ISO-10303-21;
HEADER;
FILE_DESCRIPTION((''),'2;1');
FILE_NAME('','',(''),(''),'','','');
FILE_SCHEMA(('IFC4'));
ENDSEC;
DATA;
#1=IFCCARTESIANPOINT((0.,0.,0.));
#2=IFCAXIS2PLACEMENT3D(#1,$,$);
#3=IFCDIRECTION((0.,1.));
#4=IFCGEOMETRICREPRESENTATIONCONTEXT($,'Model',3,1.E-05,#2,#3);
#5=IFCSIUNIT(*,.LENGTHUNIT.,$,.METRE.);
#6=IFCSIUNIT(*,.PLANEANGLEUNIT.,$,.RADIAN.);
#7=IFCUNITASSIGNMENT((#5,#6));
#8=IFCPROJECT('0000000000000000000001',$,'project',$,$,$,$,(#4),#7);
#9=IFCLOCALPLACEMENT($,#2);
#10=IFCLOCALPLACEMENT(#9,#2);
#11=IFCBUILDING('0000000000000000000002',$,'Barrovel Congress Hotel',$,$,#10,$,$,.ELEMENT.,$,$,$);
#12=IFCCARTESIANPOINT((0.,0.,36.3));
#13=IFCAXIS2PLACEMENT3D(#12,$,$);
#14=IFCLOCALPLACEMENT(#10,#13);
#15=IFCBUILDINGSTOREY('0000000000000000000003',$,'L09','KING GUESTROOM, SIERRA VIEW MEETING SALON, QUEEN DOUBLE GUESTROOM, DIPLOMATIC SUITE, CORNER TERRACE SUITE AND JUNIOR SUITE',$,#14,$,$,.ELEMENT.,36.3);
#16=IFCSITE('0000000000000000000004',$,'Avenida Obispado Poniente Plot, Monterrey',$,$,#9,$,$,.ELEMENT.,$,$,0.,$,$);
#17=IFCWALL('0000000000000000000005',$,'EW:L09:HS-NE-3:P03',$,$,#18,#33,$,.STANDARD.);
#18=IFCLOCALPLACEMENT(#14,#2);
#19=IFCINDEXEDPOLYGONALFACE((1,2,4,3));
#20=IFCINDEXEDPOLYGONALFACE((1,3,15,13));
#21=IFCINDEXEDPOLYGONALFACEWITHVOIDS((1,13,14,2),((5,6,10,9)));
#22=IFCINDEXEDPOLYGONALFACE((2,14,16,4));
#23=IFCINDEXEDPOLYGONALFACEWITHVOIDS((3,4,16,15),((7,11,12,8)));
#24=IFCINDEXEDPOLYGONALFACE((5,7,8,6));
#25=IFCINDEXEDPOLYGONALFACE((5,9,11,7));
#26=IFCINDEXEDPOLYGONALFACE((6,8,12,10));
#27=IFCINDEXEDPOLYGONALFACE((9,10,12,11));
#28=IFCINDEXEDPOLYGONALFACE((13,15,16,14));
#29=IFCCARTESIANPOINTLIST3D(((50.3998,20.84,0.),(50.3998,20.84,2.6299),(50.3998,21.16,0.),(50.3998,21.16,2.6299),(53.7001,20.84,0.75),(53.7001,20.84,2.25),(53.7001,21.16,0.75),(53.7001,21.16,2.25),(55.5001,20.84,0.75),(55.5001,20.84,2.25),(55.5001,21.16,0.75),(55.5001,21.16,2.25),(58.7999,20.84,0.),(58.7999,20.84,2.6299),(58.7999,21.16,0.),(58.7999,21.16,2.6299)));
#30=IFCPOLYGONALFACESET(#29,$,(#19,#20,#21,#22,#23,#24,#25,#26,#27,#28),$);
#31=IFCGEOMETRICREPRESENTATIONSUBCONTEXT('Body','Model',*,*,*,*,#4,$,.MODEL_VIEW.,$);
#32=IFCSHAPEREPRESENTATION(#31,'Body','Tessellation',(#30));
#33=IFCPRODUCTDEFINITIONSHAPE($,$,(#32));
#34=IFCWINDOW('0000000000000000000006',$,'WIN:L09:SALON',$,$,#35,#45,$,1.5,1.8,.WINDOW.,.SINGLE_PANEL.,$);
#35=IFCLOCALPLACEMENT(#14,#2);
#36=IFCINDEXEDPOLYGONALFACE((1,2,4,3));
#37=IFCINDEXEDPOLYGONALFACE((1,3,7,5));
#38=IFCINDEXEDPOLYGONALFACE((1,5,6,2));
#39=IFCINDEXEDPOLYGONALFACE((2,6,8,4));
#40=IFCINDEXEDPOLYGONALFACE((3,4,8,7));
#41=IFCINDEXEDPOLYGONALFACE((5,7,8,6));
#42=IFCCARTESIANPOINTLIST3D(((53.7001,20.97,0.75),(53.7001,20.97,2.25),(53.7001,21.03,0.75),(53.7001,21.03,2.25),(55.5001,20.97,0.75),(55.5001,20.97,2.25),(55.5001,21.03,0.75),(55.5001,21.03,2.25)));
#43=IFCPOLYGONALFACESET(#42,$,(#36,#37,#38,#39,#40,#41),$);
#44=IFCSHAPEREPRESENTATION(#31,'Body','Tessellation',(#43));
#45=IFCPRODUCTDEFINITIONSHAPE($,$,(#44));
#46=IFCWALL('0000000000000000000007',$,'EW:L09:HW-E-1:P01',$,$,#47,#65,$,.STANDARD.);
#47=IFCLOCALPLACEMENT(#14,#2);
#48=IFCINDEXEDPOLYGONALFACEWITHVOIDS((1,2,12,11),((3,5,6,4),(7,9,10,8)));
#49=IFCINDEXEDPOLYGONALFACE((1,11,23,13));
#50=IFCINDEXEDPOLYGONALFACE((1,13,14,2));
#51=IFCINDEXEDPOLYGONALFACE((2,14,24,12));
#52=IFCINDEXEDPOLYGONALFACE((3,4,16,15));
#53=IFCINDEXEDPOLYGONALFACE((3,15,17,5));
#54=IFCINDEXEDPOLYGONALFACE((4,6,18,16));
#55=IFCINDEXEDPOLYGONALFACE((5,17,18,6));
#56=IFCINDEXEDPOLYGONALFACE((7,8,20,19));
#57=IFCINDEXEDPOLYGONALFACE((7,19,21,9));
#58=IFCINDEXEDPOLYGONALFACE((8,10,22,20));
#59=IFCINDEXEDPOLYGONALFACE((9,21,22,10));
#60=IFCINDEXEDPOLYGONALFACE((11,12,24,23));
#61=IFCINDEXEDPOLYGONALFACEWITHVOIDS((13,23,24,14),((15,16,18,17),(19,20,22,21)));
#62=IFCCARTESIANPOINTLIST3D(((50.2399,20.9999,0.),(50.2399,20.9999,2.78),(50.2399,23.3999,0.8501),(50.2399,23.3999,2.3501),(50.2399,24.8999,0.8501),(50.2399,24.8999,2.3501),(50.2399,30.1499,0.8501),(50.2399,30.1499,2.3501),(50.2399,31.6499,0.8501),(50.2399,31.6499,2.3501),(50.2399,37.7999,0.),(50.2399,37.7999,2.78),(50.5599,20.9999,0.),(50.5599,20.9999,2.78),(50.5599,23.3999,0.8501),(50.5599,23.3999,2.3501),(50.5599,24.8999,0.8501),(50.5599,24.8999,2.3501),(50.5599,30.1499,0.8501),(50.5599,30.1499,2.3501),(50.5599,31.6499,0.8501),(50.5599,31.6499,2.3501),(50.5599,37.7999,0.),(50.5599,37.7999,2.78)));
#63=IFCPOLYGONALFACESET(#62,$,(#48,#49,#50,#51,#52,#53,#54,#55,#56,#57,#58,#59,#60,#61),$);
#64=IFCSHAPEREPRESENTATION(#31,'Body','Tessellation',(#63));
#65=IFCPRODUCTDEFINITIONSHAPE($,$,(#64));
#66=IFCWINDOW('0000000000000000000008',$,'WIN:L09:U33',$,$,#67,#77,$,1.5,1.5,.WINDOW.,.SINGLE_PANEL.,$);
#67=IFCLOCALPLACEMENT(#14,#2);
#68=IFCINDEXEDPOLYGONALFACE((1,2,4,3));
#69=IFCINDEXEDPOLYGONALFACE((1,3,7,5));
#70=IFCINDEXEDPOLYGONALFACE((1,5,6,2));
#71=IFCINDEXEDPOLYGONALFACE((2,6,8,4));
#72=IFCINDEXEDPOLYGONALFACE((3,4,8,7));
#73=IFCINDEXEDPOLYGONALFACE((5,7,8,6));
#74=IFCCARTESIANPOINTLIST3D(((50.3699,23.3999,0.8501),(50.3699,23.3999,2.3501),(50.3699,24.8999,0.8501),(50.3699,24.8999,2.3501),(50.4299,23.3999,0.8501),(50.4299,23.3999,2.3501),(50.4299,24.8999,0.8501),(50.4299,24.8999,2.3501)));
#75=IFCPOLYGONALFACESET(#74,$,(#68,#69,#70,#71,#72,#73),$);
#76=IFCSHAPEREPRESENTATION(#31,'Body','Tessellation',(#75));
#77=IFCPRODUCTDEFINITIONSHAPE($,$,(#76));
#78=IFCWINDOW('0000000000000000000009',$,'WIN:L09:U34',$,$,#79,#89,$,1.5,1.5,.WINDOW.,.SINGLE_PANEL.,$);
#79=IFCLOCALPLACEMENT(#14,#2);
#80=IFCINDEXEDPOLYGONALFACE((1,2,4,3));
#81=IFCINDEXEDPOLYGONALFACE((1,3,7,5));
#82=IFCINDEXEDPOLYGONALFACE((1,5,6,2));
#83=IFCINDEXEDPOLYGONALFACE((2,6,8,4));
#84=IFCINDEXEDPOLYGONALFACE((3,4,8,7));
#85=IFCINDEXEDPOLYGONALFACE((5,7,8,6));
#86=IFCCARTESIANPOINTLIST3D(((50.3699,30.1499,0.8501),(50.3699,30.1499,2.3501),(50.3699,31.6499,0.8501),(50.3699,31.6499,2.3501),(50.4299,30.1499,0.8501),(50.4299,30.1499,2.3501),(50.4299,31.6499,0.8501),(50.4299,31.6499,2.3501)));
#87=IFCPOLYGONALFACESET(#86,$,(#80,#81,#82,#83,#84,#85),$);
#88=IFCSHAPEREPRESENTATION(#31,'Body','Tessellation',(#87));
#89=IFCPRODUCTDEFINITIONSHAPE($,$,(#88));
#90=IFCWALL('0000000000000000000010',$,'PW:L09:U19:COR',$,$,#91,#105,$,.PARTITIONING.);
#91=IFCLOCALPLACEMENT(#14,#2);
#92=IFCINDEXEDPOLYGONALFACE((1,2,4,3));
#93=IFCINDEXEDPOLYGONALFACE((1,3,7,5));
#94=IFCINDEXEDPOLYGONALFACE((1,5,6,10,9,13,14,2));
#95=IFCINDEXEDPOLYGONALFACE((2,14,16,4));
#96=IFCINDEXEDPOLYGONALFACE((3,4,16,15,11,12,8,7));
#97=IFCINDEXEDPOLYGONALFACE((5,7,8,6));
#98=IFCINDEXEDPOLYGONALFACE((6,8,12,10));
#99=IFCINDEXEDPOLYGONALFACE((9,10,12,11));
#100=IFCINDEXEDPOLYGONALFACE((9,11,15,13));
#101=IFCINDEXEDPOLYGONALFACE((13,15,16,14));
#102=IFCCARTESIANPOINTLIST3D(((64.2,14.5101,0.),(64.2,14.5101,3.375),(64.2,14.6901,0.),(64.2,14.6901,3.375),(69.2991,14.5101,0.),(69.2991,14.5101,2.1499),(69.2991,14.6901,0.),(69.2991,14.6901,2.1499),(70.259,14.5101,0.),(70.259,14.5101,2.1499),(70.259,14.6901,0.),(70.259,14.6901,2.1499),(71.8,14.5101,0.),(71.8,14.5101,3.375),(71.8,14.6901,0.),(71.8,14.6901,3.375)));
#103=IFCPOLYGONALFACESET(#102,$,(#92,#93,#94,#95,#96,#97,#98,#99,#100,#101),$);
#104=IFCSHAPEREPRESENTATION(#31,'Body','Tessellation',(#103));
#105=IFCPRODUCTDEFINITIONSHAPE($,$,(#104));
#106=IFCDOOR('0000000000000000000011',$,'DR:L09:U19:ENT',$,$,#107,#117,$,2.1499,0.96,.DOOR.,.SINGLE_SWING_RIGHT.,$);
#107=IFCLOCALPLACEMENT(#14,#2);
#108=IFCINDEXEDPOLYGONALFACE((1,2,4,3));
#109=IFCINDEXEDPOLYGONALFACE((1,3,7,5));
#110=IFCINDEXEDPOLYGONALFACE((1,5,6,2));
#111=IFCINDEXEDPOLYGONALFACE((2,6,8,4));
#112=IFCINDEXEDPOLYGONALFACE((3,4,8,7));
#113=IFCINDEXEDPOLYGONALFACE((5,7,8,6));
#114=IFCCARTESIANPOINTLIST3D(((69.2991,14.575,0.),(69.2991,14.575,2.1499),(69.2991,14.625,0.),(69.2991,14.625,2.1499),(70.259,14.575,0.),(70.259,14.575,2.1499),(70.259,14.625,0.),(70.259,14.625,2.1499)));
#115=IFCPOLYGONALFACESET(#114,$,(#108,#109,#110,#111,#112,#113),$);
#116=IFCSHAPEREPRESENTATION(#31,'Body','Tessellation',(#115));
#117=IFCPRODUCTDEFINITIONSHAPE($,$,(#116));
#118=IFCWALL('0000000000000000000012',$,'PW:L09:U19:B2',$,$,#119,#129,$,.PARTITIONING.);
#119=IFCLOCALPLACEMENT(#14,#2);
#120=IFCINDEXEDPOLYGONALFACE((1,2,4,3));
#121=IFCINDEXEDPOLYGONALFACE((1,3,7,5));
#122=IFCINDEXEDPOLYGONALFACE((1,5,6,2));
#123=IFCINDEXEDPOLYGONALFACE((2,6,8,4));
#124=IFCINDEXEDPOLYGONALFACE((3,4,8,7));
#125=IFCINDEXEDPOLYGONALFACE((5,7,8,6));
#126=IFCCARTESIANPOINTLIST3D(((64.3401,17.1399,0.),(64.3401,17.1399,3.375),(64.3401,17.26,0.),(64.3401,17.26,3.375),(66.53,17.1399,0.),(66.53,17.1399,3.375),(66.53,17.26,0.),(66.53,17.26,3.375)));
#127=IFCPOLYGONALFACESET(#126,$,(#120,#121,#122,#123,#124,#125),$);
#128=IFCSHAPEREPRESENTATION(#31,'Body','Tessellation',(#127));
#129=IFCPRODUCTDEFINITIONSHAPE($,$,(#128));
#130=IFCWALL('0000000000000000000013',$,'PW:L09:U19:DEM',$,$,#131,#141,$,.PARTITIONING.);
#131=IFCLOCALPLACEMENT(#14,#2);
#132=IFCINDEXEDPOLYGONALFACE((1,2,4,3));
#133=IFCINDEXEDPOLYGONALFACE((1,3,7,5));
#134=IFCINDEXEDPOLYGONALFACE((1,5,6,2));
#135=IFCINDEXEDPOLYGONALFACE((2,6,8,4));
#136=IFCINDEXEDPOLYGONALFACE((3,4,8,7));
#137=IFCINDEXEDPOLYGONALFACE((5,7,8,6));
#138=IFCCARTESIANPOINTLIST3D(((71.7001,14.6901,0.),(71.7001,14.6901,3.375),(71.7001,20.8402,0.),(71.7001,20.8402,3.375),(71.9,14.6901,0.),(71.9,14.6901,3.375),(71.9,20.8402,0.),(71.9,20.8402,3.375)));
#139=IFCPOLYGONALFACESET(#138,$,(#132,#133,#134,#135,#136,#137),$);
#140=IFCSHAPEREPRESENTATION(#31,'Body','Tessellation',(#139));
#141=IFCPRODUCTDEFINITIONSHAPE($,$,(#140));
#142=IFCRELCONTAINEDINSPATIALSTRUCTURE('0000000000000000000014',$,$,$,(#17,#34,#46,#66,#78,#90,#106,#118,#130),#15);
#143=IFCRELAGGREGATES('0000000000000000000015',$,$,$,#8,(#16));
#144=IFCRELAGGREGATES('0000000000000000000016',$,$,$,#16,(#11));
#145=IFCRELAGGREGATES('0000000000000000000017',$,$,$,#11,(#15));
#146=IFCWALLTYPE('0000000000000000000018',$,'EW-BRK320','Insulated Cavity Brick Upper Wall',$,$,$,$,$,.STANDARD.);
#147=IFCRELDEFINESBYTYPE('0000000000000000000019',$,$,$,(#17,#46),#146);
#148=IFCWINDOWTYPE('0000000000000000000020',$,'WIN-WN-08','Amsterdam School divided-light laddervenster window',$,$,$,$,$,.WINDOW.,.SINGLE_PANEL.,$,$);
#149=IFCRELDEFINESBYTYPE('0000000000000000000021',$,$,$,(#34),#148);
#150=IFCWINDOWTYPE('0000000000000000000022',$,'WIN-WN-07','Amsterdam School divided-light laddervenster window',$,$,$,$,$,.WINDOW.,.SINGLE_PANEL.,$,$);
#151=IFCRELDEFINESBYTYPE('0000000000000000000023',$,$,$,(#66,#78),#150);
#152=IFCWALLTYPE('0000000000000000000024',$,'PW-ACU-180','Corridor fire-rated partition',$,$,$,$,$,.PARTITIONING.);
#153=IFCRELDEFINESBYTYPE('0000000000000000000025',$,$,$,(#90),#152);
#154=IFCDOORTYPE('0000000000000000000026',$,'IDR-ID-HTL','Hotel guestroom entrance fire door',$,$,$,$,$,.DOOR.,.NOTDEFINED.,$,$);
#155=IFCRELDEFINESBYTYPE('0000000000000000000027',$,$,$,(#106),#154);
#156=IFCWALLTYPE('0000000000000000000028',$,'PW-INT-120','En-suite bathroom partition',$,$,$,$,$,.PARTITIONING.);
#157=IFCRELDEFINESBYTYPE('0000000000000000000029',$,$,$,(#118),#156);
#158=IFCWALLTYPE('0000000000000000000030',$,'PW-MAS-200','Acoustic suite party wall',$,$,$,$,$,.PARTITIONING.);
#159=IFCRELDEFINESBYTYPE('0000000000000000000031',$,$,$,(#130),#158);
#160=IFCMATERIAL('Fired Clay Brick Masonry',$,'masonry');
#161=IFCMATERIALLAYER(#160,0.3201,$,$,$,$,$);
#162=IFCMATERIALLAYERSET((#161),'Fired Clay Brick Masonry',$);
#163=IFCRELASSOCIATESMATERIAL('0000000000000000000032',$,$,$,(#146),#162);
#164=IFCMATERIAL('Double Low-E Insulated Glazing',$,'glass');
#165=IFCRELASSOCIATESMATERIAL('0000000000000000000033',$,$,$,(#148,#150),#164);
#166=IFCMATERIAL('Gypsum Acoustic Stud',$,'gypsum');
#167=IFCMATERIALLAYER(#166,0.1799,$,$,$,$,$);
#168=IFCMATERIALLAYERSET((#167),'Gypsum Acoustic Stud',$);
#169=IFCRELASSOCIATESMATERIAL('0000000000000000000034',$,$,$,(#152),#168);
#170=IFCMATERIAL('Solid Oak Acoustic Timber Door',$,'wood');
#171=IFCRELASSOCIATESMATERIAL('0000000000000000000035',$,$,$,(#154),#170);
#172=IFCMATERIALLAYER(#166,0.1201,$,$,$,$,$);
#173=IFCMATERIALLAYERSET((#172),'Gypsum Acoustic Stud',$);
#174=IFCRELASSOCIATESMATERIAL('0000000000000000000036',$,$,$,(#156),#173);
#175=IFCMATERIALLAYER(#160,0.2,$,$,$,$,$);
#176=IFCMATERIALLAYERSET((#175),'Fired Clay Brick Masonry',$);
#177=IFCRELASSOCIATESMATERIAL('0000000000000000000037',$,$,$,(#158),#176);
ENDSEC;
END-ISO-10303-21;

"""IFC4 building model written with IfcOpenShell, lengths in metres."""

from ifc_helpers import new_model, si_unit, direction, frame, frame_2d, origin, place, context, subcontext, project, spatial, rectangle, extrude, material, layer, layer_set, type_object, element, fill, save


model = new_model("IFC4")

# Units and contexts
model_context = context("Model", 3, precision=1e-05, world=origin(), true_north=direction((0.0, 1.0)))
body_context = subcontext(model_context, "Body", "Model", "MODEL_VIEW")
ifc_project = project(units=[si_unit("LENGTHUNIT", "METRE"), si_unit("PLANEANGLEUNIT", "RADIAN")], contexts=[model_context])

# Site, building, storey
site_placement = place(None, origin())
site = spatial("IfcSite", under=ifc_project, at=site_placement, Name="Avenida Obispado Poniente Plot, Monterrey", CompositionType="ELEMENT", RefElevation=0.0)
building_placement = place(site_placement, origin())
building = spatial("IfcBuilding", under=site, at=building_placement, Name="Barrovel Congress Hotel", CompositionType="ELEMENT")
storey_placement = place(building_placement, frame((0.0, 0.0, 36.3)))
storey = spatial("IfcBuildingStorey", under=building, at=storey_placement, Name="L09", Description="KING GUESTROOM, SIERRA VIEW MEETING SALON, QUEEN DOUBLE GUESTROOM, DIPLOMATIC SUITE, CORNER TERRACE SUITE AND JUNIOR SUITE", CompositionType="ELEMENT", Elevation=36.3)

# Wall, opening, window
ifc_material_1 = material(Name="Fired Clay Brick Masonry", Category="masonry")
ifc_layer_1 = layer(ifc_material_1, 0.3201)
ifc_layer_set_1 = layer_set([ifc_layer_1], Name="Fired Clay Brick Masonry")
wall_type_1 = type_object("IfcWallType", Name="EW-BRK320", Description="Insulated Cavity Brick Upper Wall", PredefinedType="STANDARD", material=ifc_layer_set_1)
wall_1_placement = place(storey_placement, frame((58.8, 21.0, 0.0), z_axis=(0.0, 0.0, 1.0), x_axis=(-1.0, 0.0, 0.0)))
wall_1 = element("IfcWall", 1, at=wall_1_placement, inside=storey, type_object=wall_type_1, Name="EW:L09:HS-NE-3:P03", PredefinedType="STANDARD", context=body_context, shape_type="SweptSolid", body=[
    extrude(rectangle(XDim=8.4001, YDim=0.3201, at=frame_2d((4.2002, 0.0))), origin(), (0.0, 0.0, 1.0), 2.6299),
])
opening_1_placement = place(wall_1_placement, frame((3.3, 0.0, 0.75)))
opening_1 = element("IfcOpeningElement", 2, at=opening_1_placement, cuts=wall_1, PredefinedType="OPENING", context=body_context, shape_type="SweptSolid", body=[
    extrude(rectangle(XDim=1.8, YDim=1.5, at=frame_2d((0.8999, 0.75))), frame((0.0, 0.1699, 0.0), z_axis=(0.0, -1.0, 0.0), x_axis=(1.0, 0.0, 0.0)), (0.0, 0.0, 1.0), 0.3401),
])
ifc_material_2 = material(Name="Double Low-E Insulated Glazing", Category="glass")
window_type_1 = type_object("IfcWindowType", Name="WIN-WN-08", Description="Amsterdam School divided-light laddervenster window", PartitioningType="SINGLE_PANEL", PredefinedType="WINDOW", material=ifc_material_2)
window_1_placement = place(opening_1_placement, origin())
window_1 = element("IfcWindow", 3, at=window_1_placement, inside=storey, type_object=window_type_1, Name="WIN:L09:SALON", OverallHeight=1.5, OverallWidth=1.8, PartitioningType="SINGLE_PANEL", PredefinedType="WINDOW", context=body_context, shape_type="SweptSolid", body=[
    extrude(rectangle(XDim=1.8, YDim=1.5, at=frame_2d((0.8999, 0.75))), frame((0.0, 0.03, 0.0), z_axis=(0.0, -1.0, 0.0), x_axis=(1.0, 0.0, 0.0)), (0.0, 0.0, 1.0), 0.0601),
])
fill(opening_1, window_1)

# Wall, openings, windows
wall_2_placement = place(storey_placement, frame((50.3999, 21.0, 0.0), z_axis=(0.0, 0.0, 1.0), x_axis=(0.0, 1.0, 0.0)))
wall_2 = element("IfcWall", 4, at=wall_2_placement, inside=storey, type_object=wall_type_1, Name="EW:L09:HW-E-1:P01", PredefinedType="STANDARD", context=body_context, shape_type="SweptSolid", body=[
    extrude(rectangle(XDim=16.8, YDim=0.3201, at=frame_2d((8.3999, 0.0))), origin(), (0.0, 0.0, 1.0), 2.78),
])
opening_2_placement = place(wall_2_placement, frame((2.3999, 0.0, 0.8501)))
opening_2 = element("IfcOpeningElement", 5, at=opening_2_placement, cuts=wall_2, PredefinedType="OPENING", context=body_context, shape_type="SweptSolid", body=[
    extrude(rectangle(XDim=1.5, YDim=1.5, at=frame_2d((0.75, 0.75))), frame((0.0, 0.1699, 0.0), z_axis=(0.0, -1.0, 0.0), x_axis=(1.0, 0.0, 0.0)), (0.0, 0.0, 1.0), 0.3401),
])
opening_3_placement = place(wall_2_placement, frame((9.1499, 0.0, 0.8501)))
opening_3 = element("IfcOpeningElement", 6, at=opening_3_placement, cuts=wall_2, PredefinedType="OPENING", context=body_context, shape_type="SweptSolid", body=[
    extrude(rectangle(XDim=1.5, YDim=1.5, at=frame_2d((0.75, 0.75))), frame((0.0, 0.1699, 0.0), z_axis=(0.0, -1.0, 0.0), x_axis=(1.0, 0.0, 0.0)), (0.0, 0.0, 1.0), 0.3401),
])
window_type_2 = type_object("IfcWindowType", Name="WIN-WN-07", Description="Amsterdam School divided-light laddervenster window", PartitioningType="SINGLE_PANEL", PredefinedType="WINDOW", material=ifc_material_2)
window_2_placement = place(opening_2_placement, origin())
window_2 = element("IfcWindow", 7, at=window_2_placement, inside=storey, type_object=window_type_2, Name="WIN:L09:U33", OverallHeight=1.5, OverallWidth=1.5, PartitioningType="SINGLE_PANEL", PredefinedType="WINDOW", context=body_context, shape_type="SweptSolid", body=[
    extrude(rectangle(XDim=1.5, YDim=1.5, at=frame_2d((0.75, 0.75))), frame((0.0, 0.03, 0.0), z_axis=(0.0, -1.0, 0.0), x_axis=(1.0, 0.0, 0.0)), (0.0, 0.0, 1.0), 0.0601),
])
fill(opening_2, window_2)
window_3_placement = place(opening_3_placement, origin())
window_3 = element("IfcWindow", 8, at=window_3_placement, inside=storey, type_object=window_type_2, Name="WIN:L09:U34", OverallHeight=1.5, OverallWidth=1.5, PartitioningType="SINGLE_PANEL", PredefinedType="WINDOW", context=body_context, shape_type="SweptSolid", body=[
    extrude(rectangle(XDim=1.5, YDim=1.5, at=frame_2d((0.75, 0.75))), frame((0.0, 0.03, 0.0), z_axis=(0.0, -1.0, 0.0), x_axis=(1.0, 0.0, 0.0)), (0.0, 0.0, 1.0), 0.0601),
])
fill(opening_3, window_3)

# Wall, opening, door
ifc_material_3 = material(Name="Gypsum Acoustic Stud", Category="gypsum")
ifc_layer_2 = layer(ifc_material_3, 0.1799)
ifc_layer_set_2 = layer_set([ifc_layer_2], Name="Gypsum Acoustic Stud")
wall_type_2 = type_object("IfcWallType", Name="PW-ACU-180", Description="Corridor fire-rated partition", PredefinedType="PARTITIONING", material=ifc_layer_set_2)
wall_3_placement = place(storey_placement, frame((64.2, 14.6001, 0.0), z_axis=(0.0, 0.0, 1.0), x_axis=(1.0, 0.0, 0.0)))
wall_3 = element("IfcWall", 9, at=wall_3_placement, inside=storey, type_object=wall_type_2, Name="PW:L09:U19:COR", PredefinedType="PARTITIONING", context=body_context, shape_type="SweptSolid", body=[
    extrude(rectangle(XDim=7.6001, YDim=0.1799, at=frame_2d((3.8, 0.0))), origin(), (0.0, 0.0, 1.0), 3.375),
])
opening_4_placement = place(wall_3_placement, frame((5.0991, 0.0, 0.0)))
opening_4 = element("IfcOpeningElement", 10, at=opening_4_placement, cuts=wall_3, PredefinedType="OPENING", context=body_context, shape_type="SweptSolid", body=[
    extrude(rectangle(XDim=0.96, YDim=2.1499, at=frame_2d((0.48, 1.075))), frame((0.0, 0.1001, 0.0), z_axis=(0.0, -1.0, 0.0), x_axis=(1.0, 0.0, 0.0)), (0.0, 0.0, 1.0), 0.2),
])
ifc_material_4 = material(Name="Solid Oak Acoustic Timber Door", Category="wood")
door_type_1 = type_object("IfcDoorType", Name="IDR-ID-HTL", Description="Hotel guestroom entrance fire door", OperationType="NOTDEFINED", PredefinedType="DOOR", material=ifc_material_4)
door_1_placement = place(opening_4_placement, origin())
door_1 = element("IfcDoor", 11, at=door_1_placement, inside=storey, type_object=door_type_1, Name="DR:L09:U19:ENT", OperationType="SINGLE_SWING_RIGHT", OverallHeight=2.1499, OverallWidth=0.96, PredefinedType="DOOR", context=body_context, shape_type="SweptSolid", body=[
    extrude(rectangle(XDim=0.96, YDim=2.1499, at=frame_2d((0.48, 1.075))), frame((0.0, 0.0249, 0.0), z_axis=(0.0, -1.0, 0.0), x_axis=(1.0, 0.0, 0.0)), (0.0, 0.0, 1.0), 0.05),
])
fill(opening_4, door_1)

# Walls
ifc_layer_3 = layer(ifc_material_3, 0.1201)
ifc_layer_set_3 = layer_set([ifc_layer_3], Name="Gypsum Acoustic Stud")
wall_type_3 = type_object("IfcWallType", Name="PW-INT-120", Description="En-suite bathroom partition", PredefinedType="PARTITIONING", material=ifc_layer_set_3)
wall_4_placement = place(storey_placement, frame((64.3401, 17.2, 0.0), z_axis=(0.0, 0.0, 1.0), x_axis=(1.0, 0.0, 0.0)))
element("IfcWall", 12, at=wall_4_placement, inside=storey, type_object=wall_type_3, Name="PW:L09:U19:B2", PredefinedType="PARTITIONING", context=body_context, shape_type="SweptSolid", body=[
    extrude(rectangle(XDim=2.1899, YDim=0.1201, at=frame_2d((1.095, 0.0))), origin(), (0.0, 0.0, 1.0), 3.375),
])
ifc_layer_4 = layer(ifc_material_1, 0.2)
ifc_layer_set_4 = layer_set([ifc_layer_4], Name="Fired Clay Brick Masonry")
wall_type_4 = type_object("IfcWallType", Name="PW-MAS-200", Description="Acoustic suite party wall", PredefinedType="PARTITIONING", material=ifc_layer_set_4)
wall_5_placement = place(storey_placement, frame((71.8, 14.6899, 0.0), z_axis=(0.0, 0.0, 1.0), x_axis=(0.0, 1.0, 0.0)))
element("IfcWall", 13, at=wall_5_placement, inside=storey, type_object=wall_type_4, Name="PW:L09:U19:DEM", PredefinedType="PARTITIONING", context=body_context, shape_type="SweptSolid", body=[
    extrude(rectangle(XDim=6.1501, YDim=0.2, at=frame_2d((3.0752, 0.0))), origin(), (0.0, 0.0, 1.0), 3.375),
])

save(model, "model.ifc")
